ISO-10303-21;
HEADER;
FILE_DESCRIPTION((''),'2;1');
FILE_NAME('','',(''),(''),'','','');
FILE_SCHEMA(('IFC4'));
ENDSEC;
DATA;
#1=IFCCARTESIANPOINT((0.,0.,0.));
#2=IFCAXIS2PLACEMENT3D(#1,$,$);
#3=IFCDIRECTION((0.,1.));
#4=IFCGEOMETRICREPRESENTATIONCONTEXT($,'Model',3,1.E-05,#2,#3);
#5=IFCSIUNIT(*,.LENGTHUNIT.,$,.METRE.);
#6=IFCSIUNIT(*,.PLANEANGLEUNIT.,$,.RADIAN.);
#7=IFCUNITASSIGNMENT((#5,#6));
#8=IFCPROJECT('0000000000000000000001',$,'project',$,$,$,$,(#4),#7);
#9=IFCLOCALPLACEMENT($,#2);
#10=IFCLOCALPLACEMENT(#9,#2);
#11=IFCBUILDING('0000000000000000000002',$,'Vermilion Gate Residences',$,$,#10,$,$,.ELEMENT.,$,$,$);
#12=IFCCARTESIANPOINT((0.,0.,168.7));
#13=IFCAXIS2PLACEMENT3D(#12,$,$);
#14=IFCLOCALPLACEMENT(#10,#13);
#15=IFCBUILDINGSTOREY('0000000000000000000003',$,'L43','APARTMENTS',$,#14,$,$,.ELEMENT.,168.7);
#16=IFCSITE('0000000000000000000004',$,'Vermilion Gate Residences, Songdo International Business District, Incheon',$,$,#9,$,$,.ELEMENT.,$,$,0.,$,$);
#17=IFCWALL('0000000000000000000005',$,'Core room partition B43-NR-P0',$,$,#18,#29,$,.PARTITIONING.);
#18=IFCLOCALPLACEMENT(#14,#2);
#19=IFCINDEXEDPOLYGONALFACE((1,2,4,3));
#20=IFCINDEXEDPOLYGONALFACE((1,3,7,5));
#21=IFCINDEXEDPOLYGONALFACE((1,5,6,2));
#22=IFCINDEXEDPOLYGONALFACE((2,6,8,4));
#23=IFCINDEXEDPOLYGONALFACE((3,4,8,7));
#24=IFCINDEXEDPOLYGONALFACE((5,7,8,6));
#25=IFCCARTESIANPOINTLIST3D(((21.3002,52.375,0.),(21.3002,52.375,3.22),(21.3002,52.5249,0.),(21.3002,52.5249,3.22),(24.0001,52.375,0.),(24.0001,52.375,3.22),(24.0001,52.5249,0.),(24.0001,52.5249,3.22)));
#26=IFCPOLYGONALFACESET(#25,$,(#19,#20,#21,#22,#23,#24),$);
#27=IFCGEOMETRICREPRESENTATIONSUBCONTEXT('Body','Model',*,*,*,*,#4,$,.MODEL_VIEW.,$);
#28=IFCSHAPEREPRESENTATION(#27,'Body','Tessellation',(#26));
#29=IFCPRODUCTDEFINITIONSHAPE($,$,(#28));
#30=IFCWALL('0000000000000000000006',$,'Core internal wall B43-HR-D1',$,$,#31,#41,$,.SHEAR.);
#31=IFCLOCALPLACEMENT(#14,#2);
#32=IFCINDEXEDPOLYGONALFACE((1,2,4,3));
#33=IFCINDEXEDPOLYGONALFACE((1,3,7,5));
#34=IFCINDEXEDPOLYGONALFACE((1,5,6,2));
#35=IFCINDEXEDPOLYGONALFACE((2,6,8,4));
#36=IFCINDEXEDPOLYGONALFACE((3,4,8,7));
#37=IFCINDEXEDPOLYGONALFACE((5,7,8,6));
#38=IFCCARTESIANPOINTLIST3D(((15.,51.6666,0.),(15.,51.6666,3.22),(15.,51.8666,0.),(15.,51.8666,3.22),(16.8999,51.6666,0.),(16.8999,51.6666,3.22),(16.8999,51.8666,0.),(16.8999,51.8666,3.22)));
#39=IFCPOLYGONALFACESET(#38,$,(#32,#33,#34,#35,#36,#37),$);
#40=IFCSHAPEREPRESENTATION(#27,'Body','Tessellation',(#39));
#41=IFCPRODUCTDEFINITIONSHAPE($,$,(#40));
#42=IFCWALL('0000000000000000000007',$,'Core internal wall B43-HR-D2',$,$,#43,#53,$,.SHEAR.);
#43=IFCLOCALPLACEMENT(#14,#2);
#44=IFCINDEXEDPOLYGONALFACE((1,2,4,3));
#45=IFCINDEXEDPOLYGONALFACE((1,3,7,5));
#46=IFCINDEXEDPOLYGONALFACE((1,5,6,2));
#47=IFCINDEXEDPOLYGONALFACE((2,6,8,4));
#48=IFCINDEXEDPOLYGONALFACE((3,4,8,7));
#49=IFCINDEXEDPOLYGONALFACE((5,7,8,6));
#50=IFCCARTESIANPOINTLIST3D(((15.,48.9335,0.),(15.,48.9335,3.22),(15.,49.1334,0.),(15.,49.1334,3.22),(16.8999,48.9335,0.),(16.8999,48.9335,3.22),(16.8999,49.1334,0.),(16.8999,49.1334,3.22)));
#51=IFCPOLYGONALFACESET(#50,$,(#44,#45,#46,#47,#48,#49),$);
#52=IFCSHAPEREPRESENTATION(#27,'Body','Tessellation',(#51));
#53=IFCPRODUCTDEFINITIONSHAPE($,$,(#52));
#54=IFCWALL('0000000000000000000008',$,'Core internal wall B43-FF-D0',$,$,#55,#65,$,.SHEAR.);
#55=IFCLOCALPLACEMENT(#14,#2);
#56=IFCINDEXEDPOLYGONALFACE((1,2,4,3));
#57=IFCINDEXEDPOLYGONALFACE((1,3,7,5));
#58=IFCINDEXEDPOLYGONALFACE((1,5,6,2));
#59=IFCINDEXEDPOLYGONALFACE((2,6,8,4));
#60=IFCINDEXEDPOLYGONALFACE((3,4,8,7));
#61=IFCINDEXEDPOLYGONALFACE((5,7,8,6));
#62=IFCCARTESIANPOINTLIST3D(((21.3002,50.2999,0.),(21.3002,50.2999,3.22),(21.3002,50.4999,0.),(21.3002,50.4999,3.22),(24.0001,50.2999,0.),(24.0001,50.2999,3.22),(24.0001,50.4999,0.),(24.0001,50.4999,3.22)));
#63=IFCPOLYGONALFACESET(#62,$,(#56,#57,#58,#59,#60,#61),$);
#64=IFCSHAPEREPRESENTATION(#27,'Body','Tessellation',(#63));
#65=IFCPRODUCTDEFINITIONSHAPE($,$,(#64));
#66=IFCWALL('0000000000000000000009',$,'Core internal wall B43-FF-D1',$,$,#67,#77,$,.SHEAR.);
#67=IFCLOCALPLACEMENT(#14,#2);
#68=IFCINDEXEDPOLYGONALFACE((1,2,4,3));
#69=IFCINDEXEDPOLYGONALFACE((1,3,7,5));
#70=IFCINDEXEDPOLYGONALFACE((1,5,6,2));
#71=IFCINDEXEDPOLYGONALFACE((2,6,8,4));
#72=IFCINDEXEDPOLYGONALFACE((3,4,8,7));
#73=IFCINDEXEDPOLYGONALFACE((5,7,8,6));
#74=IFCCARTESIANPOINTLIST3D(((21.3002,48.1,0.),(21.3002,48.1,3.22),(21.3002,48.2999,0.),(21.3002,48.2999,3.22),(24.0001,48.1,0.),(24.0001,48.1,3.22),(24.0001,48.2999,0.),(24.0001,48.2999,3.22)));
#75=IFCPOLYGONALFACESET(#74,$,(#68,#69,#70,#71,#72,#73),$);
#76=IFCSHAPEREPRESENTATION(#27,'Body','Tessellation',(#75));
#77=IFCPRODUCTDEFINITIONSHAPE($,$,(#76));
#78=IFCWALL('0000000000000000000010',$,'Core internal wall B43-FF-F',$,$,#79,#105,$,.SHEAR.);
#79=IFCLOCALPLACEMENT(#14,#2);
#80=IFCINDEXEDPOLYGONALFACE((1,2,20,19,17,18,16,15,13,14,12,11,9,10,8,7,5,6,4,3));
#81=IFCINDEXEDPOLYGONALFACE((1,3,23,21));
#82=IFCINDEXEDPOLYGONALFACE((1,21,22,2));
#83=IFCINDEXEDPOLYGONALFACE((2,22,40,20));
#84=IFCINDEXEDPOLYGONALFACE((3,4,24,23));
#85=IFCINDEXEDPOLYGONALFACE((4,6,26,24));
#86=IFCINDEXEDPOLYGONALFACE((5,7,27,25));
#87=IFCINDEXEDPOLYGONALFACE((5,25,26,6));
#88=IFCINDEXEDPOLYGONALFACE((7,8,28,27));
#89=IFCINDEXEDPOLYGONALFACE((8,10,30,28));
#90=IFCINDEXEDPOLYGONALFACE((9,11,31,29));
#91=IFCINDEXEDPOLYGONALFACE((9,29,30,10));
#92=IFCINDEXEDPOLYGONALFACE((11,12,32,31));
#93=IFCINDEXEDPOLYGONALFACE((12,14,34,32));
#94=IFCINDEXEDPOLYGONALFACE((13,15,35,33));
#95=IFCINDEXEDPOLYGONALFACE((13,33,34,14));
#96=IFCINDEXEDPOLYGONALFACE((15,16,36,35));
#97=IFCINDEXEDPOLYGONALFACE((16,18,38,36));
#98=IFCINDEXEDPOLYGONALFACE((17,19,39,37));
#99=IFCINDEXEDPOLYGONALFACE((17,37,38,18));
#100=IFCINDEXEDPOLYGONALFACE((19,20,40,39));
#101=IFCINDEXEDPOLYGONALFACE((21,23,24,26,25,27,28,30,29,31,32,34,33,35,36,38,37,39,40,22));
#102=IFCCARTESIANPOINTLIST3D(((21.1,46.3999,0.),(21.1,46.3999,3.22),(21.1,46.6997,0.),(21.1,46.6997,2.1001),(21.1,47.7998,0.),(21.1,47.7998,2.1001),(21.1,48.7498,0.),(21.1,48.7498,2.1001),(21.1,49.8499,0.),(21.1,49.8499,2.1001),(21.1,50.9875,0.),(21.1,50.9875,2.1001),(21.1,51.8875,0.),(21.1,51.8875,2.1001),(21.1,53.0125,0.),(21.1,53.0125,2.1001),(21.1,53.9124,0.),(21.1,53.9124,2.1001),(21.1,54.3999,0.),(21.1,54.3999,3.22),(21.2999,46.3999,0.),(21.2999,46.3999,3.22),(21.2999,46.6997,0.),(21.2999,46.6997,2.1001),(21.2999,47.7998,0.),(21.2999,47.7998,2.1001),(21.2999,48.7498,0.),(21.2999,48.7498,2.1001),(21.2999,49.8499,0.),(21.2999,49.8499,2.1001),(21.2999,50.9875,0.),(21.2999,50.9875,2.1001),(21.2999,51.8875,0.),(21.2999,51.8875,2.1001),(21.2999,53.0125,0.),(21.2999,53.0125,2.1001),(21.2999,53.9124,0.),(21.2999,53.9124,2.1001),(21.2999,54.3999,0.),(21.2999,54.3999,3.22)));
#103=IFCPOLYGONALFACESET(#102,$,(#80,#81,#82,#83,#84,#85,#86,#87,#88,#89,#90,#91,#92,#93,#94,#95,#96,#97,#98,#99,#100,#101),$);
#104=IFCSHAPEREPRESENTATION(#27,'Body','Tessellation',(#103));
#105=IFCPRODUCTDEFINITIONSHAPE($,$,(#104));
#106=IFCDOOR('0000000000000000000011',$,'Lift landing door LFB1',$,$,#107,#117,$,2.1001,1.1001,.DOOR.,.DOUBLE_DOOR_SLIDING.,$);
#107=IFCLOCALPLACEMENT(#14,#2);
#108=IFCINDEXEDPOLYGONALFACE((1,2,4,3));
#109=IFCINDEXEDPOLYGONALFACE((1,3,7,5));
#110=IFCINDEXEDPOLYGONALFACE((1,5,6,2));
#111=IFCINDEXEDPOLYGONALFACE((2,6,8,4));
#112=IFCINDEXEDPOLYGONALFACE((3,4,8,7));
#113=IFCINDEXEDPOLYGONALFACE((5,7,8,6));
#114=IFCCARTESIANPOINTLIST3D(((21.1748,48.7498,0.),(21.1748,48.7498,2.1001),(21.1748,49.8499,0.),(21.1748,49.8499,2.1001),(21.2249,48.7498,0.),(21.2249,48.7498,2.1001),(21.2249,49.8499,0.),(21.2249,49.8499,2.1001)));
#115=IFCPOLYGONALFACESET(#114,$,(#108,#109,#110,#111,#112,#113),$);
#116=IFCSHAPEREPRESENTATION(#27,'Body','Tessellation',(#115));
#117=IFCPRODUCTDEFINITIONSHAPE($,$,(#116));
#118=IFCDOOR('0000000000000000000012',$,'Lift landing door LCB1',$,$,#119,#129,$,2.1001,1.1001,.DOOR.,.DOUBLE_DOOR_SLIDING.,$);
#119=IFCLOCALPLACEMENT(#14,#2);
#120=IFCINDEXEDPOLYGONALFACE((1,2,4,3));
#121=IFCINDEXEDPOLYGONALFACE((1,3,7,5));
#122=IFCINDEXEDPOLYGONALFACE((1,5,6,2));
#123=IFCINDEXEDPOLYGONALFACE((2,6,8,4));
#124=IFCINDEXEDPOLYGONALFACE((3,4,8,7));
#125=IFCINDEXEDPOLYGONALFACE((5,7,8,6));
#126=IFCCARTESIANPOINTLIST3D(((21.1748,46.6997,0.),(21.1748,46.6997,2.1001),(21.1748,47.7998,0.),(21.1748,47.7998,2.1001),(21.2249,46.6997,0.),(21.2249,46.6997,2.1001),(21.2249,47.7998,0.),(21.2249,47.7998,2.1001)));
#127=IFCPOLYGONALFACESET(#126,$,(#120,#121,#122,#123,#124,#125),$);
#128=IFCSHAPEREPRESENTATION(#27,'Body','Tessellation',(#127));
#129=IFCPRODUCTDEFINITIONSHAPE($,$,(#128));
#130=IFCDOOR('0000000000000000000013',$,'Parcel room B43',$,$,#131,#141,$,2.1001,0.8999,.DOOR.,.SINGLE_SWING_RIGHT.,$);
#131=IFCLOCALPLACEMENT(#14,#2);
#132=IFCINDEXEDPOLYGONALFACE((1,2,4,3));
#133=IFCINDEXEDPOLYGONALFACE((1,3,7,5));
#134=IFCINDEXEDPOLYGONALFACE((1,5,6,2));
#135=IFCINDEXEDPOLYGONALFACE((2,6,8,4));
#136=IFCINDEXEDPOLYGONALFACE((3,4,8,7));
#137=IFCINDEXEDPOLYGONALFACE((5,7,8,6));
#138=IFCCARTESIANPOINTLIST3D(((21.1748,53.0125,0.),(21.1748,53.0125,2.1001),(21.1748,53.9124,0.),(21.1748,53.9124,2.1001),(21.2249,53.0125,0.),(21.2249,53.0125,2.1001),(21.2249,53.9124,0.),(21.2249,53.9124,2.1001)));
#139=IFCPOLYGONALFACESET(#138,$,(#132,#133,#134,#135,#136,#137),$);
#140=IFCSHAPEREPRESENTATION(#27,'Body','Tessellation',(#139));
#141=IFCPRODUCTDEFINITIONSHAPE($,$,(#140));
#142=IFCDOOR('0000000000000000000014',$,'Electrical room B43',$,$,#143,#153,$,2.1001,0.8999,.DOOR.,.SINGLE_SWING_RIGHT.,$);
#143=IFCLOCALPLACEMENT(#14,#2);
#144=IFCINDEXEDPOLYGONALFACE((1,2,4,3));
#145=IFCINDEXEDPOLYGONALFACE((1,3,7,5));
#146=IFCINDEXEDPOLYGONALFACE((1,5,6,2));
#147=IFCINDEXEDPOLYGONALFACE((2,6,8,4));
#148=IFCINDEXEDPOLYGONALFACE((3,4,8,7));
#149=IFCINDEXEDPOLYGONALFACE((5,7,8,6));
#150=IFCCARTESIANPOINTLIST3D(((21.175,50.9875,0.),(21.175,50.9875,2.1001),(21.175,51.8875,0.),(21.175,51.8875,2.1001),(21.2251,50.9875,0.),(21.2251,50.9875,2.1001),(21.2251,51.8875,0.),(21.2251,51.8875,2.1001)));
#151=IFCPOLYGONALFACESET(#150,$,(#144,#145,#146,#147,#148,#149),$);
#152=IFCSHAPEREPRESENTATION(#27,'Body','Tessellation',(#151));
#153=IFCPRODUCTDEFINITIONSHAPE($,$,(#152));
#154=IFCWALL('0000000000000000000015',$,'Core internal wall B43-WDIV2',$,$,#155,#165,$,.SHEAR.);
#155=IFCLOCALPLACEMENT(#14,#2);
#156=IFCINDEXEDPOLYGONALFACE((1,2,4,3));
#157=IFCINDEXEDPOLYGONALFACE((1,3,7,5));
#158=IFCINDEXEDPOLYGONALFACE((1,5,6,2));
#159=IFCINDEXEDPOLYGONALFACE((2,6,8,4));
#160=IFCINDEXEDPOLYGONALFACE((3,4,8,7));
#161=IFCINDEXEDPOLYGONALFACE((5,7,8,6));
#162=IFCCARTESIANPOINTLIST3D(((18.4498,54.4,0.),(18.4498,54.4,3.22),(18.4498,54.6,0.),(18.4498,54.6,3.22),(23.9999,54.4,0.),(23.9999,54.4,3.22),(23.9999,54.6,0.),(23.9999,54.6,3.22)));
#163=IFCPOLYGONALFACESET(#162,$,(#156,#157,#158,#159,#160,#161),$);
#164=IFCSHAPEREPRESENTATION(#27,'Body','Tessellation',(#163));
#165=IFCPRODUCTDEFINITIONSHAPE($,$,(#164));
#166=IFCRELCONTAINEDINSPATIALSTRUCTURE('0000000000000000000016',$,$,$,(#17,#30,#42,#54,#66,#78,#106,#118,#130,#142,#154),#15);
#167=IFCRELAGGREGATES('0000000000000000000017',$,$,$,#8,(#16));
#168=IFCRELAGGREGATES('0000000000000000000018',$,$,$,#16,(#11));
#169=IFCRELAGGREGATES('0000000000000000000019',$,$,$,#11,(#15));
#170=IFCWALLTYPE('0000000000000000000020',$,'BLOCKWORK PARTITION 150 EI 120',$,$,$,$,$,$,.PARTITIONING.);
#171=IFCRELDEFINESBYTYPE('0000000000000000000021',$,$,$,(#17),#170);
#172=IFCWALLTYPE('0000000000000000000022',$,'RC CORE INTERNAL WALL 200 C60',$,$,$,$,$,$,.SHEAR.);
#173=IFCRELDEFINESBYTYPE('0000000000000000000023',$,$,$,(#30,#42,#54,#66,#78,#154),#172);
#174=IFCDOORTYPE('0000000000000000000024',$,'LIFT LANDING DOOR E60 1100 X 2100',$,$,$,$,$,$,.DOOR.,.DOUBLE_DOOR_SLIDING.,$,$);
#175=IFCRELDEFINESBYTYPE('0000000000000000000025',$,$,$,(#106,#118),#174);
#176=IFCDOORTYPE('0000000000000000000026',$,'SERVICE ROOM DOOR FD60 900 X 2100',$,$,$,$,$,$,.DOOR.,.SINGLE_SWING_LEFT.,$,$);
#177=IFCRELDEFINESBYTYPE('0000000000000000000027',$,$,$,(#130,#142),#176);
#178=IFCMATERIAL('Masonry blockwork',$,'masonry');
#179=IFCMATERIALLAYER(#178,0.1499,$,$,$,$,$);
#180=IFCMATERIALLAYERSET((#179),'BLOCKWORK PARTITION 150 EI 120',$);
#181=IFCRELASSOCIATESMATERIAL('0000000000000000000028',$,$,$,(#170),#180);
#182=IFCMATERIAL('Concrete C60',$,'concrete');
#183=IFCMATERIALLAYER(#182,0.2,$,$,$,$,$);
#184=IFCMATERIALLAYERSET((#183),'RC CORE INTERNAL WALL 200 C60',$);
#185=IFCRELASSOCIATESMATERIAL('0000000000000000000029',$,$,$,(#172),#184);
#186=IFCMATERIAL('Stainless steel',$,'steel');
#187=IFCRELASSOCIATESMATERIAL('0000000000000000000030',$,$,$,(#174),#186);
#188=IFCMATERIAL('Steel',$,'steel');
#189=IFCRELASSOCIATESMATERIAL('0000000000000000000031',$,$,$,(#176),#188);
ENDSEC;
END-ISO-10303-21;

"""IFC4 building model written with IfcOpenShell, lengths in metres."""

from ifc_helpers import new_model, si_unit, direction, frame, frame_2d, origin, place, context, subcontext, project, spatial, rectangle, extrude, material, layer, layer_set, type_object, element, fill, save


model = new_model("IFC4")

# Units and contexts
model_context = context("Model", 3, precision=1e-05, world=origin(), true_north=direction((0.0, 1.0)))
body_context = subcontext(model_context, "Body", "Model", "MODEL_VIEW")
ifc_project = project(units=[si_unit("LENGTHUNIT", "METRE"), si_unit("PLANEANGLEUNIT", "RADIAN")], contexts=[model_context])

# Site, building, storey
site_placement = place(None, origin())
site = spatial("IfcSite", under=ifc_project, at=site_placement, Name="Vermilion Gate Residences, Songdo International Business District, Incheon", CompositionType="ELEMENT", RefElevation=0.0)
building_placement = place(site_placement, origin())
building = spatial("IfcBuilding", under=site, at=building_placement, Name="Vermilion Gate Residences", CompositionType="ELEMENT")
storey_placement = place(building_placement, frame((0.0, 0.0, 168.7)))
storey = spatial("IfcBuildingStorey", under=building, at=storey_placement, Name="L43", Description="APARTMENTS", CompositionType="ELEMENT", Elevation=168.7)

# Walls
ifc_material_1 = material(Name="Masonry blockwork", Category="masonry")
ifc_layer_1 = layer(ifc_material_1, 0.1499)
ifc_layer_set_1 = layer_set([ifc_layer_1], Name="BLOCKWORK PARTITION 150 EI 120")
wall_type_1 = type_object("IfcWallType", Name="BLOCKWORK PARTITION 150 EI 120", PredefinedType="PARTITIONING", material=ifc_layer_set_1)
wall_1_placement = place(storey_placement, frame((21.3, 52.45, 0.0), z_axis=(0.0, 0.0, 1.0), x_axis=(1.0, 0.0, 0.0)))
element("IfcWall", 1, at=wall_1_placement, inside=storey, type_object=wall_type_1, Name="Core room partition B43-NR-P0", PredefinedType="PARTITIONING", context=body_context, shape_type="SweptSolid", body=[
    extrude(rectangle(XDim=2.7, YDim=0.1499, at=frame_2d((1.3501, 0.0))), origin(), (0.0, 0.0, 1.0), 3.22),
])
ifc_material_2 = material(Name="Concrete C60", Category="concrete")
ifc_layer_2 = layer(ifc_material_2, 0.2)
ifc_layer_set_2 = layer_set([ifc_layer_2], Name="RC CORE INTERNAL WALL 200 C60")
wall_type_2 = type_object("IfcWallType", Name="RC CORE INTERNAL WALL 200 C60", PredefinedType="SHEAR", material=ifc_layer_set_2)
for number, where, z_axis, x_axis, name in (
    (2, (15.0, 51.7666, 0.0), (0.0, 0.0, 1.0), (1.0, 0.0, 0.0), "Core internal wall B43-HR-D1"),
    (3, (15.0, 49.0334, 0.0), (0.0, 0.0, 1.0), (1.0, 0.0, 0.0), "Core internal wall B43-HR-D2"),
):
    element("IfcWall", number, at=place(storey_placement, frame(where, z_axis=z_axis, x_axis=x_axis)), inside=storey, type_object=wall_type_2, Name=name, PredefinedType="SHEAR", context=body_context, shape_type="SweptSolid", body=[
        extrude(rectangle(XDim=1.8999, YDim=0.2, at=frame_2d((0.95, 0.0))), origin(), (0.0, 0.0, 1.0), 3.22),
    ])
for number, where, z_axis, x_axis, name in (
    (4, (21.3, 50.3999, 0.0), (0.0, 0.0, 1.0), (1.0, 0.0, 0.0), "Core internal wall B43-FF-D0"),
    (5, (21.3, 48.2, 0.0), (0.0, 0.0, 1.0), (1.0, 0.0, 0.0), "Core internal wall B43-FF-D1"),
):
    element("IfcWall", number, at=place(storey_placement, frame(where, z_axis=z_axis, x_axis=x_axis)), inside=storey, type_object=wall_type_2, Name=name, PredefinedType="SHEAR", context=body_context, shape_type="SweptSolid", body=[
        extrude(rectangle(XDim=2.7, YDim=0.2, at=frame_2d((1.3501, 0.0))), origin(), (0.0, 0.0, 1.0), 3.22),
    ])

# Wall, openings, doors
wall_2_placement = place(storey_placement, frame((21.2, 54.3999, 0.0), z_axis=(0.0, 0.0, 1.0), x_axis=(0.0, -1.0, 0.0)))
wall_2 = element("IfcWall", 6, at=wall_2_placement, inside=storey, type_object=wall_type_2, Name="Core internal wall B43-FF-F", PredefinedType="SHEAR", context=body_context, shape_type="SweptSolid", body=[
    extrude(rectangle(XDim=8.0, YDim=0.2, at=frame_2d((4.0, 0.0))), origin(), (0.0, 0.0, 1.0), 3.22),
])
opening_1_placement = place(wall_2_placement, frame((0.4875, 0.0, 0.0)))
opening_1 = element("IfcOpeningElement", 7, at=opening_1_placement, cuts=wall_2, PredefinedType="OPENING", context=body_context, shape_type="SweptSolid", body=[
    extrude(rectangle(XDim=0.8999, YDim=2.1001, at=frame_2d((0.45, 1.05))), frame((0.0, 0.1099, 0.0), z_axis=(0.0, -1.0, 0.0), x_axis=(1.0, 0.0, 0.0)), (0.0, 0.0, 1.0), 0.22),
])
opening_2_placement = place(wall_2_placement, frame((2.5125, 0.0, 0.0)))
opening_2 = element("IfcOpeningElement", 8, at=opening_2_placement, cuts=wall_2, PredefinedType="OPENING", context=body_context, shape_type="SweptSolid", body=[
    extrude(rectangle(XDim=0.8999, YDim=2.1001, at=frame_2d((0.45, 1.05))), frame((0.0, 0.1099, 0.0), z_axis=(0.0, -1.0, 0.0), x_axis=(1.0, 0.0, 0.0)), (0.0, 0.0, 1.0), 0.22),
])
opening_3_placement = place(wall_2_placement, frame((4.55, 0.0, 0.0)))
opening_3 = element("IfcOpeningElement", 9, at=opening_3_placement, cuts=wall_2, PredefinedType="OPENING", context=body_context, shape_type="SweptSolid", body=[
    extrude(rectangle(XDim=1.1001, YDim=2.1001, at=frame_2d((0.55, 1.05))), frame((0.0, 0.1099, 0.0), z_axis=(0.0, -1.0, 0.0), x_axis=(1.0, 0.0, 0.0)), (0.0, 0.0, 1.0), 0.22),
])
opening_4_placement = place(wall_2_placement, frame((6.6001, 0.0, 0.0)))
opening_4 = element("IfcOpeningElement", 10, at=opening_4_placement, cuts=wall_2, PredefinedType="OPENING", context=body_context, shape_type="SweptSolid", body=[
    extrude(rectangle(XDim=1.1001, YDim=2.1001, at=frame_2d((0.55, 1.05))), frame((0.0, 0.1099, 0.0), z_axis=(0.0, -1.0, 0.0), x_axis=(1.0, 0.0, 0.0)), (0.0, 0.0, 1.0), 0.22),
])
ifc_material_3 = material(Name="Stainless steel", Category="steel")
door_type_1 = type_object("IfcDoorType", Name="LIFT LANDING DOOR E60 1100 X 2100", OperationType="DOUBLE_DOOR_SLIDING", PredefinedType="DOOR", material=ifc_material_3)
door_1_placement = place(opening_3_placement, origin())
door_1 = element("IfcDoor", 11, at=door_1_placement, inside=storey, type_object=door_type_1, Name="Lift landing door LFB1", OperationType="DOUBLE_DOOR_SLIDING", OverallHeight=2.1001, OverallWidth=1.1001, PredefinedType="DOOR", context=body_context, shape_type="SweptSolid", body=[
    extrude(rectangle(XDim=1.1001, YDim=2.1001, at=frame_2d((0.55, 1.05))), frame((0.0, 0.0249, 0.0), z_axis=(0.0, -1.0, 0.0), x_axis=(1.0, 0.0, 0.0)), (0.0, 0.0, 1.0), 0.05),
])
fill(opening_3, door_1)
door_2_placement = place(opening_4_placement, origin())
door_2 = element("IfcDoor", 12, at=door_2_placement, inside=storey, type_object=door_type_1, Name="Lift landing door LCB1", OperationType="DOUBLE_DOOR_SLIDING", OverallHeight=2.1001, OverallWidth=1.1001, PredefinedType="DOOR", context=body_context, shape_type="SweptSolid", body=[
    extrude(rectangle(XDim=1.1001, YDim=2.1001, at=frame_2d((0.55, 1.05))), frame((0.0, 0.0249, 0.0), z_axis=(0.0, -1.0, 0.0), x_axis=(1.0, 0.0, 0.0)), (0.0, 0.0, 1.0), 0.05),
])
fill(opening_4, door_2)
ifc_material_4 = material(Name="Steel", Category="steel")
door_type_2 = type_object("IfcDoorType", Name="SERVICE ROOM DOOR FD60 900 X 2100", OperationType="SINGLE_SWING_LEFT", PredefinedType="DOOR", material=ifc_material_4)
door_3_placement = place(opening_1_placement, origin())
door_3 = element("IfcDoor", 13, at=door_3_placement, inside=storey, type_object=door_type_2, Name="Parcel room B43", OperationType="SINGLE_SWING_RIGHT", OverallHeight=2.1001, OverallWidth=0.8999, PredefinedType="DOOR", context=body_context, shape_type="SweptSolid", body=[
    extrude(rectangle(XDim=0.8999, YDim=2.1001, at=frame_2d((0.45, 1.05))), frame((0.0, 0.0249, 0.0), z_axis=(0.0, -1.0, 0.0), x_axis=(1.0, 0.0, 0.0)), (0.0, 0.0, 1.0), 0.05),
])
fill(opening_1, door_3)
door_4_placement = place(opening_2_placement, frame((0.8999, 0.0, 0.0), z_axis=(0.0, 0.0, 1.0), x_axis=(-1.0, 0.0, 0.0)))
door_4 = element("IfcDoor", 14, at=door_4_placement, inside=storey, type_object=door_type_2, Name="Electrical room B43", OperationType="SINGLE_SWING_RIGHT", OverallHeight=2.1001, OverallWidth=0.8999, PredefinedType="DOOR", context=body_context, shape_type="SweptSolid", body=[
    extrude(rectangle(XDim=0.8999, YDim=2.1001, at=frame_2d((0.45, 1.05))), frame((0.0, 0.0249, 0.0), z_axis=(0.0, -1.0, 0.0), x_axis=(1.0, 0.0, 0.0)), (0.0, 0.0, 1.0), 0.05),
])
fill(opening_2, door_4)

# Wall
wall_3_placement = place(storey_placement, frame((18.45, 54.5, 0.0), z_axis=(0.0, 0.0, 1.0), x_axis=(1.0, 0.0, 0.0)))
element("IfcWall", 15, at=wall_3_placement, inside=storey, type_object=wall_type_2, Name="Core internal wall B43-WDIV2", PredefinedType="SHEAR", context=body_context, shape_type="SweptSolid", body=[
    extrude(rectangle(XDim=5.55, YDim=0.2, at=frame_2d((2.7749, 0.0))), origin(), (0.0, 0.0, 1.0), 3.22),
])

save(model, "model.ifc")
